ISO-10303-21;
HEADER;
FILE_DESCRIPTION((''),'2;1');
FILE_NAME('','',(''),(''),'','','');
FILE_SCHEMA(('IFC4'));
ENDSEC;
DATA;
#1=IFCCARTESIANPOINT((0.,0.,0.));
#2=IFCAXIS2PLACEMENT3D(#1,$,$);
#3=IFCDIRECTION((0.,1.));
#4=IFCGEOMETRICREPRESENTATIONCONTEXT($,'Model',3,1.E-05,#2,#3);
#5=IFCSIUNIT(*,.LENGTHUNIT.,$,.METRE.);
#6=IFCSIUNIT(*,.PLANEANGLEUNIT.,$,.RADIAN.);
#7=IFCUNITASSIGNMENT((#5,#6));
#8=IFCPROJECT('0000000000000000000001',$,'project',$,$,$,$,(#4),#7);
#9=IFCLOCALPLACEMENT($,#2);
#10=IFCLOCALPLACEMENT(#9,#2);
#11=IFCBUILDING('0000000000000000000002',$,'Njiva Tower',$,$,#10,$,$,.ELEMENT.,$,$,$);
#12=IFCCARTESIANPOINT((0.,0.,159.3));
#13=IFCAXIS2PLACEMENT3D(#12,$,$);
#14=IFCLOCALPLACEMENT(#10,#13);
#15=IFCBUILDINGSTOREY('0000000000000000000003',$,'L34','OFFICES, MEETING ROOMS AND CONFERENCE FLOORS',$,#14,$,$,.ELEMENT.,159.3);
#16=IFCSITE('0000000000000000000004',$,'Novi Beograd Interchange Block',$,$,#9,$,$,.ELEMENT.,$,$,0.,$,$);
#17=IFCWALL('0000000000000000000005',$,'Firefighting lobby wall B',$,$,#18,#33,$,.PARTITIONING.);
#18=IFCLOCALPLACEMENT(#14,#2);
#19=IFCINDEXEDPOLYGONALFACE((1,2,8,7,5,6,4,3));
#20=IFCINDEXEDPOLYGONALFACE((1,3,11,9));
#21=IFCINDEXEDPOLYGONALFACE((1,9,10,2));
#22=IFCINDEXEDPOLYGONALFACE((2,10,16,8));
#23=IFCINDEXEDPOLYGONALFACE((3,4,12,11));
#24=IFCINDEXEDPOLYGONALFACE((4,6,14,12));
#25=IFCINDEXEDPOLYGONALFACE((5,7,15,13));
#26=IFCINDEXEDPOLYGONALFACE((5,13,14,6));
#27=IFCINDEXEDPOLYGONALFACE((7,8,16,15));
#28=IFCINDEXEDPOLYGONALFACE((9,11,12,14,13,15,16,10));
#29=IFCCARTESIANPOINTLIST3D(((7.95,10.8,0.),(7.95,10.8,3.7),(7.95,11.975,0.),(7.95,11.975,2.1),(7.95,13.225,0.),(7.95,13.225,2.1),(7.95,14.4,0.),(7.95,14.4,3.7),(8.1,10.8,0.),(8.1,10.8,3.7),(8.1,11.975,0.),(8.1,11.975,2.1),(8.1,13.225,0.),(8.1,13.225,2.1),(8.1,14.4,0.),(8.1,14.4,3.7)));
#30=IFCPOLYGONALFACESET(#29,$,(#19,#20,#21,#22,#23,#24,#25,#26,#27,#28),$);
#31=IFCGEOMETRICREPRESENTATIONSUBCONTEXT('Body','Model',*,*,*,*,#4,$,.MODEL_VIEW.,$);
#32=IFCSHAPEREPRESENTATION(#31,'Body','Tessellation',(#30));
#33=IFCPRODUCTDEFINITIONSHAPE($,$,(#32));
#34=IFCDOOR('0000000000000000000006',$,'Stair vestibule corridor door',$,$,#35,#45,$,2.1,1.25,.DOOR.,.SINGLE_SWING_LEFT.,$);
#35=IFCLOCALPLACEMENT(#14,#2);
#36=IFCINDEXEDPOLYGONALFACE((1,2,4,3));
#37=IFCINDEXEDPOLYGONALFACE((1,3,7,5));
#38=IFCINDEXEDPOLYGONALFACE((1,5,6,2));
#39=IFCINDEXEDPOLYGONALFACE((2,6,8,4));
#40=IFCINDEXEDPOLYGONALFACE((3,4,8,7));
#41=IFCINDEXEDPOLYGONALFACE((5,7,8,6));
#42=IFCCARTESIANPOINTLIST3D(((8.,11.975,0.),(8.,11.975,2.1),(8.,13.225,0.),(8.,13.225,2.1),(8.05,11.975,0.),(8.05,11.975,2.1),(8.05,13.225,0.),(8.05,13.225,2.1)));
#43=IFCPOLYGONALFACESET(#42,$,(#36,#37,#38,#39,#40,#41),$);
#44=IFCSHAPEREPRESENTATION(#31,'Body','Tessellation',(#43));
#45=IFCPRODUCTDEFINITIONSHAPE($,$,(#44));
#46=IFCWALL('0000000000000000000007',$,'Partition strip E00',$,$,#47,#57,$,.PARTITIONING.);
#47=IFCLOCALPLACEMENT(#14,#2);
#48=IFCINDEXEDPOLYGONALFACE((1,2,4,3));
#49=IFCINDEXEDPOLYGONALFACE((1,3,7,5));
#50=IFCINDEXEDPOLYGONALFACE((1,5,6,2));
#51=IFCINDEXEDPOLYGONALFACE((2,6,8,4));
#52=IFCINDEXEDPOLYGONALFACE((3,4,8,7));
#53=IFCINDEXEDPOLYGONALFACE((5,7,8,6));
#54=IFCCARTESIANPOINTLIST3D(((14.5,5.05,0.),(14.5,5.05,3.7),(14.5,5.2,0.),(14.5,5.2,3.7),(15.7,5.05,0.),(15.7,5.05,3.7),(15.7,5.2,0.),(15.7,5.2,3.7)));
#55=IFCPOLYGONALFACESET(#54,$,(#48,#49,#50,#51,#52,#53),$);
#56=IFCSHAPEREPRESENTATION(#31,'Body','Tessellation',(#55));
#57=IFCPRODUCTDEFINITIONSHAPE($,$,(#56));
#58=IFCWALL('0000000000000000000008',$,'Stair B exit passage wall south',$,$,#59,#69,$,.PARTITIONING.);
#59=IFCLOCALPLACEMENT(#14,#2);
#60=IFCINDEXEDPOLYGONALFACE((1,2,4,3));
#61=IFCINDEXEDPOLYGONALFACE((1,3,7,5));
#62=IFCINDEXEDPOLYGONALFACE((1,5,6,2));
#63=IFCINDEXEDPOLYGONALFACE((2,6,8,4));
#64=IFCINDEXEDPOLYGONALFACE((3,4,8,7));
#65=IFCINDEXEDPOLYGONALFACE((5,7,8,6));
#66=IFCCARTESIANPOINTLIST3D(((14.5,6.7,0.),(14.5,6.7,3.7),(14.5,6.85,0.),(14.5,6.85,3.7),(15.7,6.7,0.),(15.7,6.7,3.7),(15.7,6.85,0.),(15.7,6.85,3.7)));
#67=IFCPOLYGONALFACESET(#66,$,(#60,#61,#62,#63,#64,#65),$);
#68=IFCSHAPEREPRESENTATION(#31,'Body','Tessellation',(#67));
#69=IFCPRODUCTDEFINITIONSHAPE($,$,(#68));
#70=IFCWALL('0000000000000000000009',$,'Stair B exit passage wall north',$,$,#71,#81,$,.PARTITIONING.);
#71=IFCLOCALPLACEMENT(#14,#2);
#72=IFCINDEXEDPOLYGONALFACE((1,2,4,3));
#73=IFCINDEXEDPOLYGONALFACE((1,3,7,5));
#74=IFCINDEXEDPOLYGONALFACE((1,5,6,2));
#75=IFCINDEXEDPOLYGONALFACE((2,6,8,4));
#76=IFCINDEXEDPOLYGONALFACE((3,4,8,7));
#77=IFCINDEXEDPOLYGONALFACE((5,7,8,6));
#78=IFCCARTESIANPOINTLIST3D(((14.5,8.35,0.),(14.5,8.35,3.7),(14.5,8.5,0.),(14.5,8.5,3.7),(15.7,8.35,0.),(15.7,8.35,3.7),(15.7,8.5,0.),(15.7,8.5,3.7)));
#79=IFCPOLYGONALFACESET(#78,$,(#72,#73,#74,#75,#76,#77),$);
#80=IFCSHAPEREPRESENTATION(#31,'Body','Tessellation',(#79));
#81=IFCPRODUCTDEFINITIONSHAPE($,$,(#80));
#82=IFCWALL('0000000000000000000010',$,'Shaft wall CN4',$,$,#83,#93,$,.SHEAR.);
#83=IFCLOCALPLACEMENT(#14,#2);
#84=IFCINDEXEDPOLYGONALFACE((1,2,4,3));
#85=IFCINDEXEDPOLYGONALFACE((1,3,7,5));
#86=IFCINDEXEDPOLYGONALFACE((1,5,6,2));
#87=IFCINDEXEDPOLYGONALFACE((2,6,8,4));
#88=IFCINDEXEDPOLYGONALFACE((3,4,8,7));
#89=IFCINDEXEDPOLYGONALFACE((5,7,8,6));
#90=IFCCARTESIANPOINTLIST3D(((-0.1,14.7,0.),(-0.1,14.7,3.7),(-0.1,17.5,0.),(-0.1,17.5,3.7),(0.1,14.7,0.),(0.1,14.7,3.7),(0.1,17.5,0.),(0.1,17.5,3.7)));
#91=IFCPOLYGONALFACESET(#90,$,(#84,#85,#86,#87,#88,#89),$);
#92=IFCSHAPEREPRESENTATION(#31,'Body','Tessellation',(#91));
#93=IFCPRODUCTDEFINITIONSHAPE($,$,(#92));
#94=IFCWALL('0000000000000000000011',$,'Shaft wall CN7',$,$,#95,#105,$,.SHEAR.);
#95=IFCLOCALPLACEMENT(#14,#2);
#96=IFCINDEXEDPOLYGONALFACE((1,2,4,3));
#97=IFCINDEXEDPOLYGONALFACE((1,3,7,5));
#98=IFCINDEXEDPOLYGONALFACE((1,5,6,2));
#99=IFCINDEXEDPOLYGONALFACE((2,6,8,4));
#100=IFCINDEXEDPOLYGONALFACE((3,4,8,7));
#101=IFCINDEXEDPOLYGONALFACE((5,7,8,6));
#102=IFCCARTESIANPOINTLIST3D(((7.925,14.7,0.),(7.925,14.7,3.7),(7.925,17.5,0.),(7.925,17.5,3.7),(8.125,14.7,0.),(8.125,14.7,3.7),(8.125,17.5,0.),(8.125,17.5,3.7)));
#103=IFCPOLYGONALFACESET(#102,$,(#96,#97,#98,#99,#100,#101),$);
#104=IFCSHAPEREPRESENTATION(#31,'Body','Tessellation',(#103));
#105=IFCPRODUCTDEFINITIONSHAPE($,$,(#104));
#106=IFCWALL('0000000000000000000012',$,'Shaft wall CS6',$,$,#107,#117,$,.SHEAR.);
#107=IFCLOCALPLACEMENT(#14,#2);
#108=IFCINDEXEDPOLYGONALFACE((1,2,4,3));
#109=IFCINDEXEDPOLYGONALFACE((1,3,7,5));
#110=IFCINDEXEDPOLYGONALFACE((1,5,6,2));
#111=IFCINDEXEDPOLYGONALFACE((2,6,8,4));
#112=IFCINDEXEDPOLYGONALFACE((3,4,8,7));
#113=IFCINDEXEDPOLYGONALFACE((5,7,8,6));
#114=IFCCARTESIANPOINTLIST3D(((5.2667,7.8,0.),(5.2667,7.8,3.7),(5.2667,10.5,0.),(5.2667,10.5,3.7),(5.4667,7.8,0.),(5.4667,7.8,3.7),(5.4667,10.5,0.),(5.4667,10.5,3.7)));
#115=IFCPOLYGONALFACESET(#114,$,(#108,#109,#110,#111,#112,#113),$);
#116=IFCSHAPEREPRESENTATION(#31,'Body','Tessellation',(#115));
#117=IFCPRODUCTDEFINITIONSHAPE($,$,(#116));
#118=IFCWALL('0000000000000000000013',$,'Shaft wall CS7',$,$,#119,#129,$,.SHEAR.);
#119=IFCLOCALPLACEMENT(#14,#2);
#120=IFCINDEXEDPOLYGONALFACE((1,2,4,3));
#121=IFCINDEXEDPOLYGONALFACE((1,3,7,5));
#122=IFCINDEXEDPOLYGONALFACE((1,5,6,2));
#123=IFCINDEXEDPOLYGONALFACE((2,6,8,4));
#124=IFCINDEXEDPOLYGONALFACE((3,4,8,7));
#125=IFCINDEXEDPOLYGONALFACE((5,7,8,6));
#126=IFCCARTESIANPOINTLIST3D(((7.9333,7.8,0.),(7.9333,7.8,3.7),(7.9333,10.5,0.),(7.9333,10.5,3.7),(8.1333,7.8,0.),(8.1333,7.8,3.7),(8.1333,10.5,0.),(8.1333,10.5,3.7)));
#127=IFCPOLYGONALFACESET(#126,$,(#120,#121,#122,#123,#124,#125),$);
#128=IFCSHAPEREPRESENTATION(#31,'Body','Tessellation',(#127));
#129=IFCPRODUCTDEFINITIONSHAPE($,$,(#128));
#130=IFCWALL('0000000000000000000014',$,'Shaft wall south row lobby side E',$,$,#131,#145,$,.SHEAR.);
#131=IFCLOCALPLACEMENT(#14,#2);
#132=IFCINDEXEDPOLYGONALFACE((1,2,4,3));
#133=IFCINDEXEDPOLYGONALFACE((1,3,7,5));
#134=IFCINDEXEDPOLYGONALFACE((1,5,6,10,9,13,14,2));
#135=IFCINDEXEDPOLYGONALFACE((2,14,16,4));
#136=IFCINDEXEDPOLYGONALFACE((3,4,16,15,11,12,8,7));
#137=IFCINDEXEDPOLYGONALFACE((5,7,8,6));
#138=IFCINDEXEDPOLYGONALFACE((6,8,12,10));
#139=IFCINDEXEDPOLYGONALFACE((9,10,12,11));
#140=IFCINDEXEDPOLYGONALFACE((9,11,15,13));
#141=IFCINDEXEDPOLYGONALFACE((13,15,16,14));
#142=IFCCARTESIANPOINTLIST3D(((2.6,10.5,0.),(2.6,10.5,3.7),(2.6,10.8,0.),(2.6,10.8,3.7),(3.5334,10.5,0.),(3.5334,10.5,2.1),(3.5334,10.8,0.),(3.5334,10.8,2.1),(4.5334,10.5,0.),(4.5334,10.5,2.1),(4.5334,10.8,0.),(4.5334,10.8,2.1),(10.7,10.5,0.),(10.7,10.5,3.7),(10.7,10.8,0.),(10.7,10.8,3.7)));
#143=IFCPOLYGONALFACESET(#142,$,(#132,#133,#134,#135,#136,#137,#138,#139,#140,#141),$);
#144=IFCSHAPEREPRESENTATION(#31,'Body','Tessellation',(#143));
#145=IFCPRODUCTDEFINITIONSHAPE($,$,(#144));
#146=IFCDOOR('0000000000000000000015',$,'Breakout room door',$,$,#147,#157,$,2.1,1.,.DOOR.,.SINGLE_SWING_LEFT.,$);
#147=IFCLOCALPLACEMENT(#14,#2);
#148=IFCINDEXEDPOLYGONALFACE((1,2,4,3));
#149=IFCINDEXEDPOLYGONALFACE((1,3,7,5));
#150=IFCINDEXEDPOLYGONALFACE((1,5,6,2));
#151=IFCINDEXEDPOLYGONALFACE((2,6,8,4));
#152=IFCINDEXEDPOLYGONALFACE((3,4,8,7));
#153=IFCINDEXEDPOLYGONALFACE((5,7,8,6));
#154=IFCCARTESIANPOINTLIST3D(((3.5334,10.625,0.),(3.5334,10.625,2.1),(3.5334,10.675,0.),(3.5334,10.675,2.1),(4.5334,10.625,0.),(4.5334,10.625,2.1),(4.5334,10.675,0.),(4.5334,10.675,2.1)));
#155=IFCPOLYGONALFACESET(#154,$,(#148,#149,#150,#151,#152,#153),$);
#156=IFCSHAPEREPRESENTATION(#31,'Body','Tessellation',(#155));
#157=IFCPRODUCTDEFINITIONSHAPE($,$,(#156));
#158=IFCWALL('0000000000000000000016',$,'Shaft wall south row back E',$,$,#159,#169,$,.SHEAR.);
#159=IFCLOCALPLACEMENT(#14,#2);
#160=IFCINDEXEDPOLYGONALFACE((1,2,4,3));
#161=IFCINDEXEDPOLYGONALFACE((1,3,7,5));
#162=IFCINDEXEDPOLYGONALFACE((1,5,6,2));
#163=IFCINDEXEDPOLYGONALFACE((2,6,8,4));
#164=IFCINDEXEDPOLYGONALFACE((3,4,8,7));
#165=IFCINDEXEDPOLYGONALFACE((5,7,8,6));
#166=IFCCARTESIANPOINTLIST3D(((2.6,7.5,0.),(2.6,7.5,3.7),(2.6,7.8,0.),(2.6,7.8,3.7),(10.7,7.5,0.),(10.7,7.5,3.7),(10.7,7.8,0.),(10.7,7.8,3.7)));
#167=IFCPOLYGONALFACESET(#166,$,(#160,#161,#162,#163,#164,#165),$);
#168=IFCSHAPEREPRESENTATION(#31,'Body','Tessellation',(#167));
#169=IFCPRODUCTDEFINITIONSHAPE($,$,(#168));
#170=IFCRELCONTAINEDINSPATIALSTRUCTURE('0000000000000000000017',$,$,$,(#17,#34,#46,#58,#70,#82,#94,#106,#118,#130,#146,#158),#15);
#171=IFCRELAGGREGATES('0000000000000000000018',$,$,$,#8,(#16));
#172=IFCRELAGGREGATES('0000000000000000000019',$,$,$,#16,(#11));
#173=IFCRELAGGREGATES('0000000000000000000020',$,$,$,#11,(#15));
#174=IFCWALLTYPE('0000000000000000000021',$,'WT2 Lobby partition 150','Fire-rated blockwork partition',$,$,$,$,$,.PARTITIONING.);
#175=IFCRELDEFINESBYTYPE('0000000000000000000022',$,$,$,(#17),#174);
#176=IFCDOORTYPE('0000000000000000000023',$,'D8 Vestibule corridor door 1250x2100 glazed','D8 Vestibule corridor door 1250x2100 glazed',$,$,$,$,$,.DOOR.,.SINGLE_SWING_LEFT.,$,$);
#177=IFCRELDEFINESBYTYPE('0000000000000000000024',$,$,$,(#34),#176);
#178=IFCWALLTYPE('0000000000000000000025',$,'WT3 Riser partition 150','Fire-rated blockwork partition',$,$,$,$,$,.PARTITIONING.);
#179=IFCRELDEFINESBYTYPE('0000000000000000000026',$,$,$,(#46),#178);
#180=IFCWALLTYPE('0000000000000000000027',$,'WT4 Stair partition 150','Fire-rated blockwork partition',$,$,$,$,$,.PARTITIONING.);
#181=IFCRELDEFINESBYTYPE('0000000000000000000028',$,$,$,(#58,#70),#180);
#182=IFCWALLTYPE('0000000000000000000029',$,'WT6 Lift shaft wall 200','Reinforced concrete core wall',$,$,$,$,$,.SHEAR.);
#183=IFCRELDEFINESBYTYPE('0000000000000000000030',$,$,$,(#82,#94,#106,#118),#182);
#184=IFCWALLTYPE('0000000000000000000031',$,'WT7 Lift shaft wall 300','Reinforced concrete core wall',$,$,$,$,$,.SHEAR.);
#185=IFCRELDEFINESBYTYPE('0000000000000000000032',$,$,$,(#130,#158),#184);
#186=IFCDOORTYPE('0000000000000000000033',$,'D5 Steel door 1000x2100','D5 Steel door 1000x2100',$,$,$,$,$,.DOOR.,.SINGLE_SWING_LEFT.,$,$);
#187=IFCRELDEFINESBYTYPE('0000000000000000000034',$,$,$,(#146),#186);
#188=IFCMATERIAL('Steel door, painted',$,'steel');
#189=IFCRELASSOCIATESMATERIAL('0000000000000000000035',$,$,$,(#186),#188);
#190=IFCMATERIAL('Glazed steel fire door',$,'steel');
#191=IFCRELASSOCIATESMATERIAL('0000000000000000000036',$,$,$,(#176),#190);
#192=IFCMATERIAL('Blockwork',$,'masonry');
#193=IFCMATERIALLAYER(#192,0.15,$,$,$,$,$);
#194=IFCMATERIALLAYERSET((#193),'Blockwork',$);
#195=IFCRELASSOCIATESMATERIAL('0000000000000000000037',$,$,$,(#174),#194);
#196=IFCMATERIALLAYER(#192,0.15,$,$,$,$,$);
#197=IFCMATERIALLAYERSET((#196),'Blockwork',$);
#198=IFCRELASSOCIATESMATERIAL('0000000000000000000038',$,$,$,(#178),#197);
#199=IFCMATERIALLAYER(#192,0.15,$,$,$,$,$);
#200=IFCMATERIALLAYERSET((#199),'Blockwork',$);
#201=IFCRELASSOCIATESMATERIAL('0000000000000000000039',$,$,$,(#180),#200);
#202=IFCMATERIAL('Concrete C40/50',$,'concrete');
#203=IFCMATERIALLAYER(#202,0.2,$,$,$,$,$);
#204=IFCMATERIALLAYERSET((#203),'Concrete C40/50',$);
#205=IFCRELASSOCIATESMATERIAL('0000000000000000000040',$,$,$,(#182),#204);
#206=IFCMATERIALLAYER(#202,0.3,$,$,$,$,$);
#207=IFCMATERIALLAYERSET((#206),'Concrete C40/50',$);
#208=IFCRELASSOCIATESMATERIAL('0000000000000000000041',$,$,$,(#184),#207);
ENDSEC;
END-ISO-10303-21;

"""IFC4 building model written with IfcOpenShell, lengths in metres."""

from ifc_helpers import new_model, si_unit, direction, frame, frame_2d, origin, place, context, subcontext, project, spatial, rectangle, extrude, material, layer, layer_set, type_object, element, fill, save


model = new_model("IFC4")

# Units and contexts
model_context = context("Model", 3, precision=1e-05, world=origin(), true_north=direction((0.0, 1.0)))
body_context = subcontext(model_context, "Body", "Model", "MODEL_VIEW")
ifc_project = project(units=[si_unit("LENGTHUNIT", "METRE"), si_unit("PLANEANGLEUNIT", "RADIAN")], contexts=[model_context])

# Site, building, storey
site_placement = place(None, origin())
site = spatial("IfcSite", under=ifc_project, at=site_placement, Name="Novi Beograd Interchange Block", CompositionType="ELEMENT", RefElevation=0.0)
building_placement = place(site_placement, origin())
building = spatial("IfcBuilding", under=site, at=building_placement, Name="Njiva Tower", CompositionType="ELEMENT")
storey_placement = place(building_placement, frame((0.0, 0.0, 159.3)))
storey = spatial("IfcBuildingStorey", under=building, at=storey_placement, Name="L34", Description="OFFICES, MEETING ROOMS AND CONFERENCE FLOORS", CompositionType="ELEMENT", Elevation=159.3)

# Shared definitions
ifc_material_1 = material(Name="Blockwork", Category="masonry")

# Shared definitions
ifc_material_2 = material(Name="Concrete C40/50", Category="concrete")
ifc_material_3 = material(Name="Steel door, painted", Category="steel")
door_type_1 = type_object("IfcDoorType", Name="D5 Steel door 1000x2100", Description="D5 Steel door 1000x2100", OperationType="SINGLE_SWING_LEFT", PredefinedType="DOOR", material=ifc_material_3)
ifc_material_4 = material(Name="Glazed steel fire door", Category="steel")
door_type_2 = type_object("IfcDoorType", Name="D8 Vestibule corridor door 1250x2100 glazed", Description="D8 Vestibule corridor door 1250x2100 glazed", OperationType="SINGLE_SWING_LEFT", PredefinedType="DOOR", material=ifc_material_4)

# Wall, opening, door
ifc_layer_1 = layer(ifc_material_1, 0.15)
ifc_layer_set_1 = layer_set([ifc_layer_1], Name="Blockwork")
wall_type_1 = type_object("IfcWallType", Name="WT2 Lobby partition 150", Description="Fire-rated blockwork partition", PredefinedType="PARTITIONING", material=ifc_layer_set_1)
wall_1_placement = place(storey_placement, frame((8.025, 10.8, 0.0), z_axis=(0.0, 0.0, 1.0), x_axis=(0.0, 1.0, 0.0)))
wall_1 = element("IfcWall", 1, at=wall_1_placement, inside=storey, type_object=wall_type_1, Name="Firefighting lobby wall B", PredefinedType="PARTITIONING", context=body_context, shape_type="SweptSolid", body=[
    extrude(rectangle(XDim=3.6, YDim=0.15, at=frame_2d((1.8, 0.0))), origin(), (0.0, 0.0, 1.0), 3.7),
])
opening_1_placement = place(wall_1_placement, frame((1.175, 0.0, 0.0)))
opening_1 = element("IfcOpeningElement", 2, at=opening_1_placement, cuts=wall_1, PredefinedType="OPENING", context=body_context, shape_type="SweptSolid", body=[
    extrude(rectangle(XDim=1.25, YDim=2.1, at=frame_2d((0.625, 1.05))), frame((0.0, 0.085, 0.0), z_axis=(0.0, -1.0, 0.0), x_axis=(1.0, 0.0, 0.0)), (0.0, 0.0, 1.0), 0.17),
])
door_1_placement = place(opening_1_placement, origin())
door_1 = element("IfcDoor", 3, at=door_1_placement, inside=storey, type_object=door_type_2, Name="Stair vestibule corridor door", OperationType="SINGLE_SWING_LEFT", OverallHeight=2.1, OverallWidth=1.25, PredefinedType="DOOR", context=body_context, shape_type="SweptSolid", body=[
    extrude(rectangle(XDim=1.25, YDim=2.1, at=frame_2d((0.625, 1.05))), frame((0.0, 0.025, 0.0), z_axis=(0.0, -1.0, 0.0), x_axis=(1.0, 0.0, 0.0)), (0.0, 0.0, 1.0), 0.05),
])
fill(opening_1, door_1)

# Walls
ifc_layer_2 = layer(ifc_material_1, 0.15)
ifc_layer_set_2 = layer_set([ifc_layer_2], Name="Blockwork")
wall_type_2 = type_object("IfcWallType", Name="WT3 Riser partition 150", Description="Fire-rated blockwork partition", PredefinedType="PARTITIONING", material=ifc_layer_set_2)
wall_2_placement = place(storey_placement, frame((14.5, 5.125, 0.0), z_axis=(0.0, 0.0, 1.0), x_axis=(1.0, 0.0, 0.0)))
element("IfcWall", 4, at=wall_2_placement, inside=storey, type_object=wall_type_2, Name="Partition strip E00", PredefinedType="PARTITIONING", context=body_context, shape_type="SweptSolid", body=[
    extrude(rectangle(XDim=1.2, YDim=0.15, at=frame_2d((0.6, 0.0))), origin(), (0.0, 0.0, 1.0), 3.7),
])
ifc_layer_3 = layer(ifc_material_1, 0.15)
ifc_layer_set_3 = layer_set([ifc_layer_3], Name="Blockwork")
wall_type_3 = type_object("IfcWallType", Name="WT4 Stair partition 150", Description="Fire-rated blockwork partition", PredefinedType="PARTITIONING", material=ifc_layer_set_3)
for number, where, z_axis, x_axis, name in (
    (5, (14.5, 6.775, 0.0), (0.0, 0.0, 1.0), (1.0, 0.0, 0.0), "Stair B exit passage wall south"),
    (6, (14.5, 8.425, 0.0), (0.0, 0.0, 1.0), (1.0, 0.0, 0.0), "Stair B exit passage wall north"),
):
    element("IfcWall", number, at=place(storey_placement, frame(where, z_axis=z_axis, x_axis=x_axis)), inside=storey, type_object=wall_type_3, Name=name, PredefinedType="PARTITIONING", context=body_context, shape_type="SweptSolid", body=[
        extrude(rectangle(XDim=1.2, YDim=0.15, at=frame_2d((0.6, 0.0))), origin(), (0.0, 0.0, 1.0), 3.7),
    ])
ifc_layer_4 = layer(ifc_material_2, 0.2)
ifc_layer_set_4 = layer_set([ifc_layer_4], Name="Concrete C40/50")
wall_type_4 = type_object("IfcWallType", Name="WT6 Lift shaft wall 200", Description="Reinforced concrete core wall", PredefinedType="SHEAR", material=ifc_layer_set_4)
for number, where, z_axis, x_axis, name in (
    (7, (0.0, 14.7, 0.0), (0.0, 0.0, 1.0), (0.0, 1.0, 0.0), "Shaft wall CN4"),
    (8, (8.025, 14.7, 0.0), (0.0, 0.0, 1.0), (0.0, 1.0, 0.0), "Shaft wall CN7"),
):
    element("IfcWall", number, at=place(storey_placement, frame(where, z_axis=z_axis, x_axis=x_axis)), inside=storey, type_object=wall_type_4, Name=name, PredefinedType="SHEAR", context=body_context, shape_type="SweptSolid", body=[
        extrude(rectangle(XDim=2.8, YDim=0.2, at=frame_2d((1.4, 0.0))), origin(), (0.0, 0.0, 1.0), 3.7),
    ])
for number, where, z_axis, x_axis, name in (
    (9, (5.3667, 7.8, 0.0), (0.0, 0.0, 1.0), (0.0, 1.0, 0.0), "Shaft wall CS6"),
    (10, (8.0333, 7.8, 0.0), (0.0, 0.0, 1.0), (0.0, 1.0, 0.0), "Shaft wall CS7"),
):
    element("IfcWall", number, at=place(storey_placement, frame(where, z_axis=z_axis, x_axis=x_axis)), inside=storey, type_object=wall_type_4, Name=name, PredefinedType="SHEAR", context=body_context, shape_type="SweptSolid", body=[
        extrude(rectangle(XDim=2.7, YDim=0.2, at=frame_2d((1.35, 0.0))), origin(), (0.0, 0.0, 1.0), 3.7),
    ])

# Wall, opening, door
ifc_layer_5 = layer(ifc_material_2, 0.3)
ifc_layer_set_5 = layer_set([ifc_layer_5], Name="Concrete C40/50")
wall_type_5 = type_object("IfcWallType", Name="WT7 Lift shaft wall 300", Description="Reinforced concrete core wall", PredefinedType="SHEAR", material=ifc_layer_set_5)
wall_3_placement = place(storey_placement, frame((2.6, 10.65, 0.0), z_axis=(0.0, 0.0, 1.0), x_axis=(1.0, 0.0, 0.0)))
wall_3 = element("IfcWall", 11, at=wall_3_placement, inside=storey, type_object=wall_type_5, Name="Shaft wall south row lobby side E", PredefinedType="SHEAR", context=body_context, shape_type="SweptSolid", body=[
    extrude(rectangle(XDim=8.1, YDim=0.3, at=frame_2d((4.05, 0.0))), origin(), (0.0, 0.0, 1.0), 3.7),
])
opening_2_placement = place(wall_3_placement, frame((0.9334, 0.0, 0.0)))
opening_2 = element("IfcOpeningElement", 12, at=opening_2_placement, cuts=wall_3, PredefinedType="OPENING", context=body_context, shape_type="SweptSolid", body=[
    extrude(rectangle(XDim=1.0, YDim=2.1, at=frame_2d((0.5, 1.05))), frame((0.0, 0.16, 0.0), z_axis=(0.0, -1.0, 0.0), x_axis=(1.0, 0.0, 0.0)), (0.0, 0.0, 1.0), 0.32),
])
door_2_placement = place(opening_2_placement, origin())
door_2 = element("IfcDoor", 13, at=door_2_placement, inside=storey, type_object=door_type_1, Name="Breakout room door", OperationType="SINGLE_SWING_LEFT", OverallHeight=2.1, OverallWidth=1.0, PredefinedType="DOOR", context=body_context, shape_type="SweptSolid", body=[
    extrude(rectangle(XDim=1.0, YDim=2.1, at=frame_2d((0.5, 1.05))), frame((0.0, 0.025, 0.0), z_axis=(0.0, -1.0, 0.0), x_axis=(1.0, 0.0, 0.0)), (0.0, 0.0, 1.0), 0.05),
])
fill(opening_2, door_2)

# Wall
wall_4_placement = place(storey_placement, frame((2.6, 7.65, 0.0), z_axis=(0.0, 0.0, 1.0), x_axis=(1.0, 0.0, 0.0)))
element("IfcWall", 14, at=wall_4_placement, inside=storey, type_object=wall_type_5, Name="Shaft wall south row back E", PredefinedType="SHEAR", context=body_context, shape_type="SweptSolid", body=[
    extrude(rectangle(XDim=8.1, YDim=0.3, at=frame_2d((4.05, 0.0))), origin(), (0.0, 0.0, 1.0), 3.7),
])

save(model, "model.ifc")
